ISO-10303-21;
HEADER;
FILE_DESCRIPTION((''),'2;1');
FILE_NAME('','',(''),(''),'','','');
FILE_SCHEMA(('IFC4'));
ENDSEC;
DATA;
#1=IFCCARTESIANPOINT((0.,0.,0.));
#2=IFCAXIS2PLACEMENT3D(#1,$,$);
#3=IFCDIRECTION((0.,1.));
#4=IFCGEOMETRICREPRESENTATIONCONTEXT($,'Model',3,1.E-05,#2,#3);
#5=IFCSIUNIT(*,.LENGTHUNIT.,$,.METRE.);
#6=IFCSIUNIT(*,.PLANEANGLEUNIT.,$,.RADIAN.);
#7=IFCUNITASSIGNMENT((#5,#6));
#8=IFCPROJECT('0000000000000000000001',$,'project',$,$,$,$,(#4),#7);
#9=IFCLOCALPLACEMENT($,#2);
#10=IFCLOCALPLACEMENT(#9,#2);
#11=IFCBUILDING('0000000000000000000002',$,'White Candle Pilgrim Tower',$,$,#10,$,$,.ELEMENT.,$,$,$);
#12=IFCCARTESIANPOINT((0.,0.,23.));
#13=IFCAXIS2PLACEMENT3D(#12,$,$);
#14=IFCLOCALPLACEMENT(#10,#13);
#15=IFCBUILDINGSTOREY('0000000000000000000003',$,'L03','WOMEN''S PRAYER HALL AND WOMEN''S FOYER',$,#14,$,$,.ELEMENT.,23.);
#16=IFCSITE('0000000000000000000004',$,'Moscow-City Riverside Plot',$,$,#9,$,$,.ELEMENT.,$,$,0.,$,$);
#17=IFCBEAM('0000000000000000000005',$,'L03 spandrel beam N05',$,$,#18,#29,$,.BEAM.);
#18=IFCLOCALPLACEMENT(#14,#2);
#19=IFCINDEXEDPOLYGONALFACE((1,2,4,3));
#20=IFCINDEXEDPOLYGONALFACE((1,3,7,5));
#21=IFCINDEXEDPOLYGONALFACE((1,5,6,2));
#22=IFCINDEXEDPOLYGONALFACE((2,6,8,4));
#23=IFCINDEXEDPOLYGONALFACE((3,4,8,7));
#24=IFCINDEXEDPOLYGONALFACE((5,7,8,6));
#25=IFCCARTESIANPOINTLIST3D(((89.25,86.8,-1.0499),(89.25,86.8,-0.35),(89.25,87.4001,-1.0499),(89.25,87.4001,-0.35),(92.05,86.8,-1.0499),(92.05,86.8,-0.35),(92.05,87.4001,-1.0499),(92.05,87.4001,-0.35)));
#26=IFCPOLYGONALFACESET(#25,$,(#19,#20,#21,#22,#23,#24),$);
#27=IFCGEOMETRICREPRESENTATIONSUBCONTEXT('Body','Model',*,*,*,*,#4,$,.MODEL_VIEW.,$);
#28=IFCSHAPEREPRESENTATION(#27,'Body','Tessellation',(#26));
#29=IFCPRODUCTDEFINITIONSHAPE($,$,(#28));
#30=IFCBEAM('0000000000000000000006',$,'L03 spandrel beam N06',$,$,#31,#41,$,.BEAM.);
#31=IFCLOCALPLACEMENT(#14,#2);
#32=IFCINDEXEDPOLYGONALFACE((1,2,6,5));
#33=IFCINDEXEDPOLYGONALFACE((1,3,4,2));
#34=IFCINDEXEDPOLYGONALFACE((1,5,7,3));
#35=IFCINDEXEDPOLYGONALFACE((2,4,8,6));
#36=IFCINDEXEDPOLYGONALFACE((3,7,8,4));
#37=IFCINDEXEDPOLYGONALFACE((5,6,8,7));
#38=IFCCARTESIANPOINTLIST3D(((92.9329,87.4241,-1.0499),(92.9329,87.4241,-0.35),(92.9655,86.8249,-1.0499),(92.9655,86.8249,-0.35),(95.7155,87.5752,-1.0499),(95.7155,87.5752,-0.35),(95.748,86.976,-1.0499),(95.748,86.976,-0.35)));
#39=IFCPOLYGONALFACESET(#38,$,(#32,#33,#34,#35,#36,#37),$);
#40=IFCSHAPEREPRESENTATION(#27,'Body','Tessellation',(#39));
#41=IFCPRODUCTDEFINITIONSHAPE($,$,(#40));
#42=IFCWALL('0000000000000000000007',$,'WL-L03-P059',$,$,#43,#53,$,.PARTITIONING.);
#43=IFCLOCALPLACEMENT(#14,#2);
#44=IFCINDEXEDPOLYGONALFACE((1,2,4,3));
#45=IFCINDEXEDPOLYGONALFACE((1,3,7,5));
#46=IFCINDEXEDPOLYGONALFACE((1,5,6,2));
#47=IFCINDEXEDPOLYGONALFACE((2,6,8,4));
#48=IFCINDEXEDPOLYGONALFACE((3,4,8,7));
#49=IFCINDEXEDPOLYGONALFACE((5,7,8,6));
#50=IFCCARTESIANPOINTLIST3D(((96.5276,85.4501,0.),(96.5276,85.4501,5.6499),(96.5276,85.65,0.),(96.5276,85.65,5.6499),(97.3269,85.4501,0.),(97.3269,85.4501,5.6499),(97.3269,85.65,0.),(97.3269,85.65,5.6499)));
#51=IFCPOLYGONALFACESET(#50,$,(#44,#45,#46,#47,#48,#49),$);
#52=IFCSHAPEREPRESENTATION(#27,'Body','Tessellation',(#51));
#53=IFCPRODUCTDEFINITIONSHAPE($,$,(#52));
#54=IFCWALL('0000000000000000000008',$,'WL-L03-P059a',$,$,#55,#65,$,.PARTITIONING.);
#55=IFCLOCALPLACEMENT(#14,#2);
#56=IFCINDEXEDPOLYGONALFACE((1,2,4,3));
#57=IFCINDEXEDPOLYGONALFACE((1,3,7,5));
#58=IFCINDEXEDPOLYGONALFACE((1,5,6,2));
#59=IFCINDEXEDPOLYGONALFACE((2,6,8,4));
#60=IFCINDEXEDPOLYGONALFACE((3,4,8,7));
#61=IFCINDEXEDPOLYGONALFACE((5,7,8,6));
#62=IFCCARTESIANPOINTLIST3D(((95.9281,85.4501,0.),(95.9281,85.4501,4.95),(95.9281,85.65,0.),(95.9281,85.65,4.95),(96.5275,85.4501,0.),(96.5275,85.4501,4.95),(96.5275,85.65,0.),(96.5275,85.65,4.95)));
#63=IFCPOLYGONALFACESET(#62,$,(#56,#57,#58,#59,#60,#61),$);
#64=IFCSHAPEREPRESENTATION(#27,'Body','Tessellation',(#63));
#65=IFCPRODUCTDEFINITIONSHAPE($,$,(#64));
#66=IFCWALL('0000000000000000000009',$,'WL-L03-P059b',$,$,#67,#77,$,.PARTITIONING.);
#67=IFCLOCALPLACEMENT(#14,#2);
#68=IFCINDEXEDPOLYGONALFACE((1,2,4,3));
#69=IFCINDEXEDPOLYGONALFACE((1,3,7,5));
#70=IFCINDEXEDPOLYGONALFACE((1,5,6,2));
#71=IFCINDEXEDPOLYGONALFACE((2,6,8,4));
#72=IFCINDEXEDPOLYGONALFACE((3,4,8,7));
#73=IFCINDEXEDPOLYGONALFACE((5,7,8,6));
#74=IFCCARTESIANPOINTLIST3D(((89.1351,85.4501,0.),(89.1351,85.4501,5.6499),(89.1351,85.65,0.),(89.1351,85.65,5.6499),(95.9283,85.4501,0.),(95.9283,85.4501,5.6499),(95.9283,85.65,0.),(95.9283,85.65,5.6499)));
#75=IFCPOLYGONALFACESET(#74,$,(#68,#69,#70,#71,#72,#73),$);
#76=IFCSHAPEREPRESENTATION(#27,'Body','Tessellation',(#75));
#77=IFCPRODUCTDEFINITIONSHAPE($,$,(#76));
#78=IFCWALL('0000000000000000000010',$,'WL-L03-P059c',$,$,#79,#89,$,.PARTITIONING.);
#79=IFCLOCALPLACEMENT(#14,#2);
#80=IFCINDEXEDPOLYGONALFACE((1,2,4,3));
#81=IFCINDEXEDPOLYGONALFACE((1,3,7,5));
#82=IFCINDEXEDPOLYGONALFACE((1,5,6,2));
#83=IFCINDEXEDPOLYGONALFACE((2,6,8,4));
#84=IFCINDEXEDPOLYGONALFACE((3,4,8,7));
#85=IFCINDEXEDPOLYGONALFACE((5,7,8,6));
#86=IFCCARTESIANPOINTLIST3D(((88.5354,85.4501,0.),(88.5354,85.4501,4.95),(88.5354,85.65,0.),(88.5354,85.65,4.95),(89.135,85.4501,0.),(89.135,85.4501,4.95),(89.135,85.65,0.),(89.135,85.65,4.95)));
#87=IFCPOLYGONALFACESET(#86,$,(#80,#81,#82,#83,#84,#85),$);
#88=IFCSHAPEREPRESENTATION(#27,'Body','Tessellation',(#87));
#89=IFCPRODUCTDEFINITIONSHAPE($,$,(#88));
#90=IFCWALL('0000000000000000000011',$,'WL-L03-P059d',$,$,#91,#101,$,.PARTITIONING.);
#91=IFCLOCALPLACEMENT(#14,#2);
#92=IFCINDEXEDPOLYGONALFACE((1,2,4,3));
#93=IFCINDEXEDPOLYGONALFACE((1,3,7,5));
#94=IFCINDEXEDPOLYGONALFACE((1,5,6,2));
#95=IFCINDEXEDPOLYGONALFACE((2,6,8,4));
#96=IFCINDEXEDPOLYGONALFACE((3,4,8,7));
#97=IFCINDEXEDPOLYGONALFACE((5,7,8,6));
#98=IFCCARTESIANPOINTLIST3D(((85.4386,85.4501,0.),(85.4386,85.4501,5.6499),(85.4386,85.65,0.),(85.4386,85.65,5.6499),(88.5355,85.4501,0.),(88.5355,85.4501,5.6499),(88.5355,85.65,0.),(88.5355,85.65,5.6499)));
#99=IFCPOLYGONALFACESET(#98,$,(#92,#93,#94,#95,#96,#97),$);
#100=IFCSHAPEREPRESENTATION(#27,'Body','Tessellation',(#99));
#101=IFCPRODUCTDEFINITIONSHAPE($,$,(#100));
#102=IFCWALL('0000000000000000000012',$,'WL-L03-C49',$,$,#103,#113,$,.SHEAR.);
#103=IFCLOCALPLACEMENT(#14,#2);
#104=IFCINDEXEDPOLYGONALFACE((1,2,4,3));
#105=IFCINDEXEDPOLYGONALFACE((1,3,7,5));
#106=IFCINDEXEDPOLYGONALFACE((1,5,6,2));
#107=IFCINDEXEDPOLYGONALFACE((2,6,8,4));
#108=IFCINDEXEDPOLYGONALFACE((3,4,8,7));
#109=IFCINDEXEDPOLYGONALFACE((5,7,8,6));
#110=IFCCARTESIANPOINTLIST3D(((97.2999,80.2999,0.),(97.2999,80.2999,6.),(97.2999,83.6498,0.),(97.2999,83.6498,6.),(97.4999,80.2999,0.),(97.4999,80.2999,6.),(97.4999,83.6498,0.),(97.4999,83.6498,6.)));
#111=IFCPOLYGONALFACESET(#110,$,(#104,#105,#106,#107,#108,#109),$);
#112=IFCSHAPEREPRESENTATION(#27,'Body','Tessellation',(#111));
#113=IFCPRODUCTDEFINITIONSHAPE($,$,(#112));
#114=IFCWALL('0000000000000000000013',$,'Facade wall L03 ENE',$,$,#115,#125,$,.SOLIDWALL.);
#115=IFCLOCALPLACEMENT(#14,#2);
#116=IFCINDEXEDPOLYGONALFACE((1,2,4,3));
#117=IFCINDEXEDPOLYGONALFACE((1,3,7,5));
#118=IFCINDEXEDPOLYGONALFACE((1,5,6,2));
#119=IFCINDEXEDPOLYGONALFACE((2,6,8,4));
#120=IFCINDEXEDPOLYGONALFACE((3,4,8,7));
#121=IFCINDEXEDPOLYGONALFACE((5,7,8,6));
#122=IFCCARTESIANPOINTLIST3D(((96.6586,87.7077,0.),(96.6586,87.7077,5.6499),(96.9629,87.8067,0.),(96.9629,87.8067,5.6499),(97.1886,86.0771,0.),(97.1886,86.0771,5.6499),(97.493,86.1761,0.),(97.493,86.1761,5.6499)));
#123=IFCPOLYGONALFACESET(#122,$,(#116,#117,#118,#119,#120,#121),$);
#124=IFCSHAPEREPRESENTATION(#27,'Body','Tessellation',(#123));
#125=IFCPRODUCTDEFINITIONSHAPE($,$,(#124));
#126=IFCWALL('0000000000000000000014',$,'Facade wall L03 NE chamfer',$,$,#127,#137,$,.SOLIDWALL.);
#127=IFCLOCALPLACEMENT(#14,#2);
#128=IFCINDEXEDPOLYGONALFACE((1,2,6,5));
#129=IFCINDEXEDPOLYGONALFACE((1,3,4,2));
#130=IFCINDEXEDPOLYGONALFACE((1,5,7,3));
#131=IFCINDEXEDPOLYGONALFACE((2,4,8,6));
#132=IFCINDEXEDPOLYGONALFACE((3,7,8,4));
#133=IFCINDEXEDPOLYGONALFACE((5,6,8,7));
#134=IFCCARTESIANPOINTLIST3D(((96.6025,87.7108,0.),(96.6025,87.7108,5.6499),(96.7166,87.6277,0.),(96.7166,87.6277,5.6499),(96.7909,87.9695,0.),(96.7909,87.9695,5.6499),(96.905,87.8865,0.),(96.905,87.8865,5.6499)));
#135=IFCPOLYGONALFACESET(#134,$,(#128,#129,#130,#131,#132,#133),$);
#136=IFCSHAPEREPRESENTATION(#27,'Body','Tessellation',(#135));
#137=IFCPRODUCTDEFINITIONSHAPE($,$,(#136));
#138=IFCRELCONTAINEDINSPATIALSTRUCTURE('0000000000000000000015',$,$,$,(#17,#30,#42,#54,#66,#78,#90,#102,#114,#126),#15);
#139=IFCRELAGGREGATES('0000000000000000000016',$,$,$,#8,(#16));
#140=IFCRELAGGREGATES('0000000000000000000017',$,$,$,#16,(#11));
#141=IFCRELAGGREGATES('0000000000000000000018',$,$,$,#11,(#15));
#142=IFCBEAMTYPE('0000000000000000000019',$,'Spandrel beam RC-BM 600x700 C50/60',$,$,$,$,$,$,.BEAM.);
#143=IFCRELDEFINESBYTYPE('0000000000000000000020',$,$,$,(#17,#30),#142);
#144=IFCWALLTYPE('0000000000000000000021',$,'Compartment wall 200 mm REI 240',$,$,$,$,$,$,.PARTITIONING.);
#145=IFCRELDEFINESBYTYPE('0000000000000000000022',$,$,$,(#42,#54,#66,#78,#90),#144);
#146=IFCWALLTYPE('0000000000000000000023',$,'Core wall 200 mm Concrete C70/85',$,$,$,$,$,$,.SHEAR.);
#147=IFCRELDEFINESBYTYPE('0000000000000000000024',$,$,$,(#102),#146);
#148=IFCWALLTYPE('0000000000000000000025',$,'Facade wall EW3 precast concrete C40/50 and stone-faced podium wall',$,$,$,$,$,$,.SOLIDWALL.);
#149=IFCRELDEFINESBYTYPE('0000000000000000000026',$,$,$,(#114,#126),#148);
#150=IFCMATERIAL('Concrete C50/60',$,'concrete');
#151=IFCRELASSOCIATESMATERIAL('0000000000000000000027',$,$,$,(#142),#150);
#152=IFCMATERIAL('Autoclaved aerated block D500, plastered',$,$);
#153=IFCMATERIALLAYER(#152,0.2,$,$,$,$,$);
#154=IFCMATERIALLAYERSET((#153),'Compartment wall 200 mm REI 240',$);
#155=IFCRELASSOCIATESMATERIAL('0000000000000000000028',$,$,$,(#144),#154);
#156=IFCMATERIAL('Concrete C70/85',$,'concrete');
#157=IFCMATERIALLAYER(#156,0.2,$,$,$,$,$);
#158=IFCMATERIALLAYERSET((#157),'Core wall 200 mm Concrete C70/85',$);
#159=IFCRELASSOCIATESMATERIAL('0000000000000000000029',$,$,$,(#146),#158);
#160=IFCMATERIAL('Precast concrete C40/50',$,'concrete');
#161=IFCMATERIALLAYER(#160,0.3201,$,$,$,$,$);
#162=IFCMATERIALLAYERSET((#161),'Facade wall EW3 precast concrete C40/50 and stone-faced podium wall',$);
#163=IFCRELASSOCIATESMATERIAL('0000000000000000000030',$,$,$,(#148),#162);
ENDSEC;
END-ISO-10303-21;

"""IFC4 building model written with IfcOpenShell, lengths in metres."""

from ifc_helpers import new_model, si_unit, direction, frame, frame_2d, origin, origin_2d, place, context, subcontext, project, spatial, rectangle, extrude, material, layer, layer_set, material_profile, profile_set, type_object, element, save


model = new_model("IFC4")

# Units and contexts
model_context = context("Model", 3, precision=1e-05, world=origin(), true_north=direction((0.0, 1.0)))
body_context = subcontext(model_context, "Body", "Model", "MODEL_VIEW")
ifc_project = project(units=[si_unit("LENGTHUNIT", "METRE"), si_unit("PLANEANGLEUNIT", "RADIAN")], contexts=[model_context])

# Site, building, storey
site_placement = place(None, origin())
site = spatial("IfcSite", under=ifc_project, at=site_placement, Name="Moscow-City Riverside Plot", CompositionType="ELEMENT", RefElevation=0.0)
building_placement = place(site_placement, origin())
building = spatial("IfcBuilding", under=site, at=building_placement, Name="White Candle Pilgrim Tower", CompositionType="ELEMENT")
storey_placement = place(building_placement, frame((0.0, 0.0, 23.0)))
storey = spatial("IfcBuildingStorey", under=building, at=storey_placement, Name="L03", Description="WOMEN'S PRAYER HALL AND WOMEN'S FOYER", CompositionType="ELEMENT", Elevation=23.0)

# Beams
ifc_material_1 = material(Name="Concrete C50/60", Category="concrete")
ifc_material_profile_1 = material_profile(ifc_material_1, rectangle(XDim=0.6001, YDim=0.7, at=origin_2d()), Name="RC-BM 600x700")
ifc_profile_set_1 = profile_set([ifc_material_profile_1], Name="Concrete C50/60")
beam_type = type_object("IfcBeamType", Name="Spandrel beam RC-BM 600x700 C50/60", PredefinedType="BEAM", material=ifc_profile_set_1)
beam_1_placement = place(storey_placement, frame((89.25, 87.1001, -0.7), z_axis=(1.0, 0.0, 0.0), x_axis=(0.0, 1.0, 0.0)))
element("IfcBeam", 1, at=beam_1_placement, inside=storey, type_object=beam_type, Name="L03 spandrel beam N05", PredefinedType="BEAM", context=body_context, shape_type="SweptSolid", body=[
    extrude(rectangle(XDim=0.6001, YDim=0.7, at=origin_2d()), origin(), (0.0, 0.0, 1.0), 2.8),
])
beam_2_placement = place(storey_placement, frame((92.9492, 87.1245, -0.7), z_axis=(0.998528, 0.054233, 0.0), x_axis=(-0.054233, 0.998528, 0.0)))
element("IfcBeam", 2, at=beam_2_placement, inside=storey, type_object=beam_type, Name="L03 spandrel beam N06", PredefinedType="BEAM", context=body_context, shape_type="SweptSolid", body=[
    extrude(rectangle(XDim=0.6001, YDim=0.7, at=origin_2d()), origin(), (0.0, 0.0, 1.0), 2.7866),
])

# Walls
ifc_material_2 = material(Name="Autoclaved aerated block D500, plastered")
ifc_layer_1 = layer(ifc_material_2, 0.2)
ifc_layer_set_1 = layer_set([ifc_layer_1], Name="Compartment wall 200 mm REI 240")
wall_type_1 = type_object("IfcWallType", Name="Compartment wall 200 mm REI 240", PredefinedType="PARTITIONING", material=ifc_layer_set_1)
wall_1_placement = place(storey_placement, frame((97.3269, 85.55, 0.0), z_axis=(0.0, 0.0, 1.0), x_axis=(-1.0, 0.0, 0.0)))
element("IfcWall", 3, at=wall_1_placement, inside=storey, type_object=wall_type_1, Name="WL-L03-P059", PredefinedType="PARTITIONING", context=body_context, shape_type="SweptSolid", body=[
    extrude(rectangle(XDim=0.7993, YDim=0.2, at=frame_2d((0.3997, 0.0))), origin(), (0.0, 0.0, 1.0), 5.6499),
])
wall_2_placement = place(storey_placement, frame((96.5276, 85.55, 0.0), z_axis=(0.0, 0.0, 1.0), x_axis=(-1.0, 0.0, 0.0)))
element("IfcWall", 4, at=wall_2_placement, inside=storey, type_object=wall_type_1, Name="WL-L03-P059a", PredefinedType="PARTITIONING", context=body_context, shape_type="SweptSolid", body=[
    extrude(rectangle(XDim=0.5994, YDim=0.2, at=frame_2d((0.2998, 0.0))), origin(), (0.0, 0.0, 1.0), 4.95),
])
wall_3_placement = place(storey_placement, frame((95.9282, 85.55, 0.0), z_axis=(0.0, 0.0, 1.0), x_axis=(-1.0, 0.0, 0.0)))
element("IfcWall", 5, at=wall_3_placement, inside=storey, type_object=wall_type_1, Name="WL-L03-P059b", PredefinedType="PARTITIONING", context=body_context, shape_type="SweptSolid", body=[
    extrude(rectangle(XDim=6.7932, YDim=0.2, at=frame_2d((3.3965, 0.0))), origin(), (0.0, 0.0, 1.0), 5.6499),
])
wall_4_placement = place(storey_placement, frame((89.135, 85.55, 0.0), z_axis=(0.0, 0.0, 1.0), x_axis=(-1.0, 0.0, 0.0)))
element("IfcWall", 6, at=wall_4_placement, inside=storey, type_object=wall_type_1, Name="WL-L03-P059c", PredefinedType="PARTITIONING", context=body_context, shape_type="SweptSolid", body=[
    extrude(rectangle(XDim=0.5996, YDim=0.2, at=frame_2d((0.2998, 0.0))), origin(), (0.0, 0.0, 1.0), 4.95),
])
wall_5_placement = place(storey_placement, frame((88.5354, 85.55, 0.0), z_axis=(0.0, 0.0, 1.0), x_axis=(-1.0, 0.0, 0.0)))
element("IfcWall", 7, at=wall_5_placement, inside=storey, type_object=wall_type_1, Name="WL-L03-P059d", PredefinedType="PARTITIONING", context=body_context, shape_type="SweptSolid", body=[
    extrude(rectangle(XDim=3.0969, YDim=0.2, at=frame_2d((1.5483, 0.0))), origin(), (0.0, 0.0, 1.0), 5.6499),
])
ifc_material_3 = material(Name="Concrete C70/85", Category="concrete")
ifc_layer_2 = layer(ifc_material_3, 0.2)
ifc_layer_set_2 = layer_set([ifc_layer_2], Name="Core wall 200 mm Concrete C70/85")
wall_type_2 = type_object("IfcWallType", Name="Core wall 200 mm Concrete C70/85", PredefinedType="SHEAR", material=ifc_layer_set_2)
wall_6_placement = place(storey_placement, frame((97.3999, 80.3, 0.0), z_axis=(0.0, 0.0, 1.0), x_axis=(0.0, 1.0, 0.0)))
element("IfcWall", 8, at=wall_6_placement, inside=storey, type_object=wall_type_2, Name="WL-L03-C49", PredefinedType="SHEAR", context=body_context, shape_type="SweptSolid", body=[
    extrude(rectangle(XDim=3.3499, YDim=0.2, at=frame_2d((1.6748, 0.0))), origin(), (0.0, 0.0, 1.0), 6.0),
])
ifc_material_4 = material(Name="Precast concrete C40/50", Category="concrete")
ifc_layer_3 = layer(ifc_material_4, 0.3201)
ifc_layer_set_3 = layer_set([ifc_layer_3], Name="Facade wall EW3 precast concrete C40/50 and stone-faced podium wall")
wall_type_3 = type_object("IfcWallType", Name="Facade wall EW3 precast concrete C40/50 and stone-faced podium wall", PredefinedType="SOLIDWALL", material=ifc_layer_set_3)
wall_7_placement = place(storey_placement, frame((97.3408, 86.1265, 0.0), z_axis=(0.0, 0.0, 1.0), x_axis=(-0.309128, 0.95102, 0.0)))
element("IfcWall", 9, at=wall_7_placement, inside=storey, type_object=wall_type_3, Name="Facade wall L03 ENE", PredefinedType="SOLIDWALL", context=body_context, shape_type="SweptSolid", body=[
    extrude(rectangle(XDim=1.7146, YDim=0.3201, at=frame_2d((0.8574, 0.0))), origin(), (0.0, 0.0, 1.0), 5.6499),
])
wall_8_placement = place(storey_placement, frame((96.8108, 87.7571, 0.0), z_axis=(0.0, 0.0, 1.0), x_axis=(-0.808437, 0.588583, 0.0)))
element("IfcWall", 10, at=wall_8_placement, inside=storey, type_object=wall_type_3, Name="Facade wall L03 NE chamfer", PredefinedType="SOLIDWALL", context=body_context, shape_type="SweptSolid", body=[
    extrude(rectangle(XDim=0.1411, YDim=0.3201, at=frame_2d((0.0706, 0.0))), origin(), (0.0, 0.0, 1.0), 5.6499),
])

save(model, "model.ifc")
